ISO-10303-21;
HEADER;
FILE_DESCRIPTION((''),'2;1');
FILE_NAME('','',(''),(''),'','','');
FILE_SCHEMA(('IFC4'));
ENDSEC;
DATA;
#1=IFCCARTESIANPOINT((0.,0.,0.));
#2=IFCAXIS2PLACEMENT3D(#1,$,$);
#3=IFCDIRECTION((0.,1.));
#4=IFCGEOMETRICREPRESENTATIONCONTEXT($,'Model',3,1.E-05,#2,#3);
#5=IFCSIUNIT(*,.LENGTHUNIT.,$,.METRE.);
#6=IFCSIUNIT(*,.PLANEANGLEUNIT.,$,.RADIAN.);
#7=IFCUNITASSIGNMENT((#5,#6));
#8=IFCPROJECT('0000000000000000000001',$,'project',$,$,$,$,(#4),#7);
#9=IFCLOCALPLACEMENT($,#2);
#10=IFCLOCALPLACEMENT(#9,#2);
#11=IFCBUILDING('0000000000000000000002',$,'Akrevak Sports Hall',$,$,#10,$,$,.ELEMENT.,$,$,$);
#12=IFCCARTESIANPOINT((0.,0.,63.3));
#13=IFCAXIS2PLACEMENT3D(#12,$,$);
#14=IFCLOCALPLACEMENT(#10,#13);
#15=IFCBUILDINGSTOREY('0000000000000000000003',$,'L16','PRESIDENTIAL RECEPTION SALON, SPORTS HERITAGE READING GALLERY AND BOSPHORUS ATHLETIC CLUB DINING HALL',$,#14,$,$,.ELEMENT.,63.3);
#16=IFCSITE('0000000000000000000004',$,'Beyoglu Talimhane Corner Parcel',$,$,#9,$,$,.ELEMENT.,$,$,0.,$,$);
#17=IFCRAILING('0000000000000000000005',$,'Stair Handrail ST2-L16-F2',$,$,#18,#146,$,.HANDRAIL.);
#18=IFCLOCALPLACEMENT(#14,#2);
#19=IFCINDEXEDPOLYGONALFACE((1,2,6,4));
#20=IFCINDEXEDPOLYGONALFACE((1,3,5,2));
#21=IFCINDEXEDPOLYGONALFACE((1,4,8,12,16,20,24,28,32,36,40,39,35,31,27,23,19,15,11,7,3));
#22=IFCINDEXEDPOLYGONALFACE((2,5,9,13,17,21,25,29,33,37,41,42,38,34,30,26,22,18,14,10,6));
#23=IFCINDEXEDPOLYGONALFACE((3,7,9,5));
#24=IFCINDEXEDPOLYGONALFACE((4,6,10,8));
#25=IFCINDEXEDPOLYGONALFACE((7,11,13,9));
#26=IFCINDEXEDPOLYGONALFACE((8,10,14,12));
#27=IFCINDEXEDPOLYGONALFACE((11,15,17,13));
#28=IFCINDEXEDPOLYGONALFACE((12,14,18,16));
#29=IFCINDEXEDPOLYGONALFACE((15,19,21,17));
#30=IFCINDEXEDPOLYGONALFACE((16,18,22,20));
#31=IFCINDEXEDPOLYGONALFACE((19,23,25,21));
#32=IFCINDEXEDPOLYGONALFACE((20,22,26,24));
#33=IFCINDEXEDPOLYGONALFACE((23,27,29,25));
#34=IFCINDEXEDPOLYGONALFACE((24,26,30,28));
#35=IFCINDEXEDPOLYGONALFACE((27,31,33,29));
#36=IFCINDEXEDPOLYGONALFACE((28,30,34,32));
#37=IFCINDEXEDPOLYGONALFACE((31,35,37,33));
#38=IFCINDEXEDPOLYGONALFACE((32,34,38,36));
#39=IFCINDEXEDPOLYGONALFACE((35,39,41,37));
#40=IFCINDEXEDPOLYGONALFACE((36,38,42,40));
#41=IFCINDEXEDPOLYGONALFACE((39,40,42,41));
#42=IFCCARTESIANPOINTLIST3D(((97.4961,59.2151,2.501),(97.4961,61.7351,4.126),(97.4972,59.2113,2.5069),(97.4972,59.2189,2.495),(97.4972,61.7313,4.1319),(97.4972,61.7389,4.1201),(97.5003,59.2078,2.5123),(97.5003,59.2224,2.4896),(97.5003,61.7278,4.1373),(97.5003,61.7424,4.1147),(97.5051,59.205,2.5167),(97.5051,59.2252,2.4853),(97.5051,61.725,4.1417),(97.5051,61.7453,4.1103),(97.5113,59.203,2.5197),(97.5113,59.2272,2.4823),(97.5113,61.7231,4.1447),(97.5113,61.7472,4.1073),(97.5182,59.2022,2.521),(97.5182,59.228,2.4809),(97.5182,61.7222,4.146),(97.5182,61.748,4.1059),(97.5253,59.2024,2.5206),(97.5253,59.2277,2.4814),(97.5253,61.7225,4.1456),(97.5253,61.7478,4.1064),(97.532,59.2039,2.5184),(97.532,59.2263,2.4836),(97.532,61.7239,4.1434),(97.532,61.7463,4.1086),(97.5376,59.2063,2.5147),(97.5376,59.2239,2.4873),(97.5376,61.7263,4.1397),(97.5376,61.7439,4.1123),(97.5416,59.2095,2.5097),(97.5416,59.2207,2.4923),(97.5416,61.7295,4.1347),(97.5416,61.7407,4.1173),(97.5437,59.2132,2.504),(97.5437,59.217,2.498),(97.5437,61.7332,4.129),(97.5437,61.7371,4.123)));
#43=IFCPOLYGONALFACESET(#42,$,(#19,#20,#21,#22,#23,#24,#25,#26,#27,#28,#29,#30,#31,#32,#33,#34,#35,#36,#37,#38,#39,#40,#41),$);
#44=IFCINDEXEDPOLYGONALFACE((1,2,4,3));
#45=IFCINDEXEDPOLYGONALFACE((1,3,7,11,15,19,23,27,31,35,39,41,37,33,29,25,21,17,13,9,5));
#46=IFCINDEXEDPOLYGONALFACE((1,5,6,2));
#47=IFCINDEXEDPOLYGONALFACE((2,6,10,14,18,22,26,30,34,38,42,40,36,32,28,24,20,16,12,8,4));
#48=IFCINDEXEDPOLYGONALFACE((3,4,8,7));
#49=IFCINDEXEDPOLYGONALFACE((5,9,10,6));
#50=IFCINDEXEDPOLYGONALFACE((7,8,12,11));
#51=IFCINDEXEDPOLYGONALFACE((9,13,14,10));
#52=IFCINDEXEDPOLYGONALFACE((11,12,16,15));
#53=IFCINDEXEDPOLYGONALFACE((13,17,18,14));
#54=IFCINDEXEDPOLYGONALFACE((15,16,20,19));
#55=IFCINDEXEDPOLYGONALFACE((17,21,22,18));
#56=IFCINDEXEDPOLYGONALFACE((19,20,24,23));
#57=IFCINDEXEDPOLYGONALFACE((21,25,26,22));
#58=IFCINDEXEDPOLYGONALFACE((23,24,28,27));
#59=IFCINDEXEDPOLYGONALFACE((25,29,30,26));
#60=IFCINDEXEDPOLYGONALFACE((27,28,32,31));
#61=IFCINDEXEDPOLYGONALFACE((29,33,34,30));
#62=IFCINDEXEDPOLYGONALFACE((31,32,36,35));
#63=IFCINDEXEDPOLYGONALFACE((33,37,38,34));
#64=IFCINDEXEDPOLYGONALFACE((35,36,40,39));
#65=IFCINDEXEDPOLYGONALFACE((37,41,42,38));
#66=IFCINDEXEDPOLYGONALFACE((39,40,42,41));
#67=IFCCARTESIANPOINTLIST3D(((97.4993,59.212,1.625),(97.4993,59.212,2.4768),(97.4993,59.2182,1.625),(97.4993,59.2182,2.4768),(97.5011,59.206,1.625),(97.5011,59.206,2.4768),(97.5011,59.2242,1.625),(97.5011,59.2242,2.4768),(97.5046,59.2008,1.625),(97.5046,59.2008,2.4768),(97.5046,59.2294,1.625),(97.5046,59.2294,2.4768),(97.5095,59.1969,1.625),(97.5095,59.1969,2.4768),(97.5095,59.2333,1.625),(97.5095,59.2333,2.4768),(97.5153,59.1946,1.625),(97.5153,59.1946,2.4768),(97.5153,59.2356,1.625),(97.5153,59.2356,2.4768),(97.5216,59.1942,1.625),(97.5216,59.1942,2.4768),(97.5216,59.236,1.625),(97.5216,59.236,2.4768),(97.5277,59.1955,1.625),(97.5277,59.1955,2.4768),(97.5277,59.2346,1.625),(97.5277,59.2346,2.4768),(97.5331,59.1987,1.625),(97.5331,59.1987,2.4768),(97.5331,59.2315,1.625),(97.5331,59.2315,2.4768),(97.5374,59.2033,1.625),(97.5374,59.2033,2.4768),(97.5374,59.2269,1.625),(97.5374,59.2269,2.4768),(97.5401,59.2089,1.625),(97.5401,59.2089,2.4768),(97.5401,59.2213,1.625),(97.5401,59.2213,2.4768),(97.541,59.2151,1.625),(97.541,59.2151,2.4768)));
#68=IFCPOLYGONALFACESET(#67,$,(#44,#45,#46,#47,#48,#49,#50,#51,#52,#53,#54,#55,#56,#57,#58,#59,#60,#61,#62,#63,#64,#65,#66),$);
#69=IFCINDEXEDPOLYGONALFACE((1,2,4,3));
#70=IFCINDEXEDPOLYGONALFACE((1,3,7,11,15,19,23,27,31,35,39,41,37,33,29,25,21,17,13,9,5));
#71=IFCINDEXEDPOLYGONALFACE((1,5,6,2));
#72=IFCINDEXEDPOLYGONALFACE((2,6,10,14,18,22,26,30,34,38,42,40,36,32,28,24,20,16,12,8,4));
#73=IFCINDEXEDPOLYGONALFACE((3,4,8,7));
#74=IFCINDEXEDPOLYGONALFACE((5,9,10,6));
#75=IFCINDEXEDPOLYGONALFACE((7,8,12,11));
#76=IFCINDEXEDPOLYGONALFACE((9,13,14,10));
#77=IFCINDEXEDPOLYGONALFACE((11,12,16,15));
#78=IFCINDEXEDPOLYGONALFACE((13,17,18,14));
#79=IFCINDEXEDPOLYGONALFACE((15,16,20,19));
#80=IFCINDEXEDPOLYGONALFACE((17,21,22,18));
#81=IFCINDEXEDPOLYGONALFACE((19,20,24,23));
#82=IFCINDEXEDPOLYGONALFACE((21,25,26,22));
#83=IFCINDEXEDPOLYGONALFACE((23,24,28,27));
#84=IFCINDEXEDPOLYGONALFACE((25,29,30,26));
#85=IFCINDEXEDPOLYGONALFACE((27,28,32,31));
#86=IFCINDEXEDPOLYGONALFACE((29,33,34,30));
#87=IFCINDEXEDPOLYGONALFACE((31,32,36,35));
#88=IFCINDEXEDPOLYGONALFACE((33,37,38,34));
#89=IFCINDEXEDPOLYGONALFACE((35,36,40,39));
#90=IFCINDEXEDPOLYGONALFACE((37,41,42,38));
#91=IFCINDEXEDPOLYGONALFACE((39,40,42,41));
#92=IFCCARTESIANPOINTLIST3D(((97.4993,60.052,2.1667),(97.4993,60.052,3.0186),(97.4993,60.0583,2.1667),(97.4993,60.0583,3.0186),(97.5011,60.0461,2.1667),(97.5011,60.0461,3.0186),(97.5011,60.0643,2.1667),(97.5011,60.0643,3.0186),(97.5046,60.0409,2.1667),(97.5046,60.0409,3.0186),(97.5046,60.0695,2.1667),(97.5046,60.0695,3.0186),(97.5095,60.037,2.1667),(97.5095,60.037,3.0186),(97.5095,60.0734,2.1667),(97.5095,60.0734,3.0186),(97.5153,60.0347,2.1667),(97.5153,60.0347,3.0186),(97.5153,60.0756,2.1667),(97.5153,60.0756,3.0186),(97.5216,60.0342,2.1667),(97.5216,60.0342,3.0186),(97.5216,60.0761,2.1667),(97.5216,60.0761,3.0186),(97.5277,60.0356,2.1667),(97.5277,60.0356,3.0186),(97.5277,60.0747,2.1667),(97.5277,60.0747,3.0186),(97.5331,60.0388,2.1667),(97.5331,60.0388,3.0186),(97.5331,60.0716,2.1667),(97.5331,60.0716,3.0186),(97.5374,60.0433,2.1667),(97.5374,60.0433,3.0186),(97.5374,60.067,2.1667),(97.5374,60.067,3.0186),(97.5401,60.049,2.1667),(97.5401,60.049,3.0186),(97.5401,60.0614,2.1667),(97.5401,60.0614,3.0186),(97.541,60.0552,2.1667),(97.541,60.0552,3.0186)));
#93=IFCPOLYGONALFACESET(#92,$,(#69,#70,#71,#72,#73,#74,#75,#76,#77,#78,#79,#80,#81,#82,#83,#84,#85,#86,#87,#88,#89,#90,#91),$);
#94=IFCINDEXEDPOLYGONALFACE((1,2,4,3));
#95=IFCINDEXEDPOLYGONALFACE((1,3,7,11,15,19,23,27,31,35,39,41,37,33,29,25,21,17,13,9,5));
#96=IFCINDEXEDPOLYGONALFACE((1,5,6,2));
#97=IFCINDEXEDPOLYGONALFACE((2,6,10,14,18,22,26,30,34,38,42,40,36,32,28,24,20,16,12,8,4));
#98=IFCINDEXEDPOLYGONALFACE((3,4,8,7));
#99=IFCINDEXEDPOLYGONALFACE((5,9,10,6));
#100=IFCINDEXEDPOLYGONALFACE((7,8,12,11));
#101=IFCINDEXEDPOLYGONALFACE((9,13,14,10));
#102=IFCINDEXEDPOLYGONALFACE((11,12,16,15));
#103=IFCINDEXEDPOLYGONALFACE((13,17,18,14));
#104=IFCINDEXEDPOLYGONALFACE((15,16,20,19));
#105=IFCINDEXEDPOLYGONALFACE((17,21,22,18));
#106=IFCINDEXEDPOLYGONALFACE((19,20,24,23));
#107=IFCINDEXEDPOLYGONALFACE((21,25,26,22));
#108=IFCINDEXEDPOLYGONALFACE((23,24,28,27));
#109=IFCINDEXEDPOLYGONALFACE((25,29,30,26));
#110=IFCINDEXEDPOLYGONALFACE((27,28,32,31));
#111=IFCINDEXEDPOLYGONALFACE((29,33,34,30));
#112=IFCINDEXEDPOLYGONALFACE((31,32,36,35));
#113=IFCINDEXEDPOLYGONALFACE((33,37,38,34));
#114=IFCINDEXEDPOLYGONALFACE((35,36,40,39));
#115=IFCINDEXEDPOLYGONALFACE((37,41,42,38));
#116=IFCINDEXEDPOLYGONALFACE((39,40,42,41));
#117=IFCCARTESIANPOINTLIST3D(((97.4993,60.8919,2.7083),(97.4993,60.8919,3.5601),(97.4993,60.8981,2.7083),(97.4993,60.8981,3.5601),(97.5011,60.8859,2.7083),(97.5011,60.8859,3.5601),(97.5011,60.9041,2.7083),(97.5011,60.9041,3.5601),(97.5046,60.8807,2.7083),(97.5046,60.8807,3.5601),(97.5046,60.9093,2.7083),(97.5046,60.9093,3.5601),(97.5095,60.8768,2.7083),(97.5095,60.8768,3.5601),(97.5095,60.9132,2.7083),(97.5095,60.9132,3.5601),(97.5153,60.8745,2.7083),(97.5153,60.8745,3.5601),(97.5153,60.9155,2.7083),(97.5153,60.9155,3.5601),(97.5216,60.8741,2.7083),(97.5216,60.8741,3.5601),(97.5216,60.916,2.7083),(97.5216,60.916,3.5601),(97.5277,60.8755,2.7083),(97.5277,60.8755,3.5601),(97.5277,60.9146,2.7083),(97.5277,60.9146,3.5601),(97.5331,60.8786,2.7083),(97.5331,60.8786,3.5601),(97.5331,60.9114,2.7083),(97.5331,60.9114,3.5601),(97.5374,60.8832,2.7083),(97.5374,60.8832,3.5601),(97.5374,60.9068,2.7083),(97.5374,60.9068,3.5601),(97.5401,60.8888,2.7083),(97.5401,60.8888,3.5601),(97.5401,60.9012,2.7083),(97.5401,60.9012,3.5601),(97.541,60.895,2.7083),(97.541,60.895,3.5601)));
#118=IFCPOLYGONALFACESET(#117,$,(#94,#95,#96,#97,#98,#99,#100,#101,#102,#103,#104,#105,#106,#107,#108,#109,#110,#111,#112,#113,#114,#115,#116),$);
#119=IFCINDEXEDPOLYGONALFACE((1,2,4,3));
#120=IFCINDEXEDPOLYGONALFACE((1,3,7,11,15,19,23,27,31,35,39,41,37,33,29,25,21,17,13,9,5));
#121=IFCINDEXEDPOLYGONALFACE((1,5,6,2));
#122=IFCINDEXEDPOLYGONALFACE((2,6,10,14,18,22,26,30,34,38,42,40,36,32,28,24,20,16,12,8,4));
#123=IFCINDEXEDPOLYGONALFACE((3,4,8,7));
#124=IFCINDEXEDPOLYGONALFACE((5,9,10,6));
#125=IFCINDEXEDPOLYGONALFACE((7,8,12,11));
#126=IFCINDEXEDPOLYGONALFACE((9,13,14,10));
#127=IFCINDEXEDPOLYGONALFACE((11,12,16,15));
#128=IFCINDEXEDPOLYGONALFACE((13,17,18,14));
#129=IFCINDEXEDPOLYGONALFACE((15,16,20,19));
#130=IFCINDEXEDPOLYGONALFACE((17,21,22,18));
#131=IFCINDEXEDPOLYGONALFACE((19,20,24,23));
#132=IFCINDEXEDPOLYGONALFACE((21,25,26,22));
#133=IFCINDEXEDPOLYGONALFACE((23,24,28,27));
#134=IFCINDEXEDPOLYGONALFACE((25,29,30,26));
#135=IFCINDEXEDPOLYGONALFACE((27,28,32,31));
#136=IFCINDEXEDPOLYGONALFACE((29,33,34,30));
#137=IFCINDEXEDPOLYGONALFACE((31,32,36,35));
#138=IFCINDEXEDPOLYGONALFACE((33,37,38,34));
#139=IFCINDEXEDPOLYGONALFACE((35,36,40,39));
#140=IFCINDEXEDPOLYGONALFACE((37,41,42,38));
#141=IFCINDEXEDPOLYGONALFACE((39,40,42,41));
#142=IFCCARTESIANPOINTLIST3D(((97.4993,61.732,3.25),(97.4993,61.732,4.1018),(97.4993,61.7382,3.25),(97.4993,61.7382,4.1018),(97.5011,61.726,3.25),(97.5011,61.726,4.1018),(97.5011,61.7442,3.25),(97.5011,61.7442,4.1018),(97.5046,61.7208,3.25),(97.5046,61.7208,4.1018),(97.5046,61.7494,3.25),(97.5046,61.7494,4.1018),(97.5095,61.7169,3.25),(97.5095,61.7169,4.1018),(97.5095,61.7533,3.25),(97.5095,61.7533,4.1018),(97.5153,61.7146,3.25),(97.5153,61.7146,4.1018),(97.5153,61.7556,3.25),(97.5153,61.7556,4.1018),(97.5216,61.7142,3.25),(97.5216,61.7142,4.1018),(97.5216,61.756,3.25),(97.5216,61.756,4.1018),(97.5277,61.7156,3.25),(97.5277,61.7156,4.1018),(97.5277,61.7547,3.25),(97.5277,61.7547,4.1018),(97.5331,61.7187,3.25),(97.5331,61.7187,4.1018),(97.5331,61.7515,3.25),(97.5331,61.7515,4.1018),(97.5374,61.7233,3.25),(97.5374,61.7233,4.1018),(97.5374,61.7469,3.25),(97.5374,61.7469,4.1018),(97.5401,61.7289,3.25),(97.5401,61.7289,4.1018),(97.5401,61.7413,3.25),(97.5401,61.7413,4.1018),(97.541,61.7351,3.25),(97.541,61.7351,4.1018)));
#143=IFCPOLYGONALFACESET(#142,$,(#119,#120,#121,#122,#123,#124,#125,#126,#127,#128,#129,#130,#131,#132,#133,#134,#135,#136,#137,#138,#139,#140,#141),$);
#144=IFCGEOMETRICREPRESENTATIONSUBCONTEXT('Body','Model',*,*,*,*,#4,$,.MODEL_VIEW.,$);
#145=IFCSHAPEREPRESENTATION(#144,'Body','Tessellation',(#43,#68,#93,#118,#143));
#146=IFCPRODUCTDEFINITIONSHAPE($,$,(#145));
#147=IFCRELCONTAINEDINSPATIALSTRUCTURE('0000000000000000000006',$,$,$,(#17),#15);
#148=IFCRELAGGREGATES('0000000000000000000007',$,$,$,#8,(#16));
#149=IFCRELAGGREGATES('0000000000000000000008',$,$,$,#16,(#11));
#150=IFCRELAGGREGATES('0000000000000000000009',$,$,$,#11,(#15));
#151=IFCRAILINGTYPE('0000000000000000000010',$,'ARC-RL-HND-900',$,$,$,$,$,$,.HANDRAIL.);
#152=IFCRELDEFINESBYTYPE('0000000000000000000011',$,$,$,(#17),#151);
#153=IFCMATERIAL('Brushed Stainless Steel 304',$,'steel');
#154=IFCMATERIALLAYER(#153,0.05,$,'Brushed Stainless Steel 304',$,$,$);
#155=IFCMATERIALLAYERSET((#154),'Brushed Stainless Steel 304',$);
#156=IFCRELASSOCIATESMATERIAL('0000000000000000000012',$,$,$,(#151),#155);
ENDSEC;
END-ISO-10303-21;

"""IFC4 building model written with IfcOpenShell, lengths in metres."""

from ifc_helpers import new_model, si_unit, direction, frame, origin, origin_2d, place, context, subcontext, project, spatial, circle, extrude, material, layer, layer_set, type_object, element, save


model = new_model("IFC4")

# Units and contexts
model_context = context("Model", 3, precision=1e-05, world=origin(), true_north=direction((0.0, 1.0)))
body_context = subcontext(model_context, "Body", "Model", "MODEL_VIEW")
ifc_project = project(units=[si_unit("LENGTHUNIT", "METRE"), si_unit("PLANEANGLEUNIT", "RADIAN")], contexts=[model_context])

# Site, building, storey
site_placement = place(None, origin())
site = spatial("IfcSite", under=ifc_project, at=site_placement, Name="Beyoglu Talimhane Corner Parcel", CompositionType="ELEMENT", RefElevation=0.0)
building_placement = place(site_placement, origin())
building = spatial("IfcBuilding", under=site, at=building_placement, Name="Akrevak Sports Hall", CompositionType="ELEMENT")
storey_placement = place(building_placement, frame((0.0, 0.0, 63.3)))
storey = spatial("IfcBuildingStorey", under=building, at=storey_placement, Name="L16", Description="PRESIDENTIAL RECEPTION SALON, SPORTS HERITAGE READING GALLERY AND BOSPHORUS ATHLETIC CLUB DINING HALL", CompositionType="ELEMENT", Elevation=63.3)

# Railing
ifc_material_1 = material(Name="Brushed Stainless Steel 304", Category="steel")
ifc_layer_1 = layer(ifc_material_1, 0.05, Name="Brushed Stainless Steel 304")
ifc_layer_set_1 = layer_set([ifc_layer_1], Name="Brushed Stainless Steel 304")
railing_type = type_object("IfcRailingType", Name="ARC-RL-HND-900", PredefinedType="HANDRAIL", material=ifc_layer_set_1)
railing_placement = place(storey_placement, frame((97.52, 59.2151, 1.625)))
element("IfcRailing", 1, at=railing_placement, inside=storey, type_object=railing_type, Name="Stair Handrail ST2-L16-F2", PredefinedType="HANDRAIL", context=body_context, shape_type="SweptSolid", body=[
    extrude(circle(Radius=0.0239, at=origin_2d()), frame((0.0, 0.0, 0.876), z_axis=(0.0, 0.840421, 0.541934), x_axis=(-1.0, 0.0, 0.0)), (0.0, 0.0, 1.0), 2.9985),
    extrude(circle(Radius=0.021, at=origin_2d()), origin(), (0.0, 0.0, 1.0), 0.8518),
    extrude(circle(Radius=0.021, at=origin_2d()), frame((0.0, 0.8401, 0.5417)), (0.0, 0.0, 1.0), 0.8518),
    extrude(circle(Radius=0.021, at=origin_2d()), frame((0.0, 1.6799, 1.0833)), (0.0, 0.0, 1.0), 0.8518),
    extrude(circle(Radius=0.021, at=origin_2d()), frame((0.0, 2.52, 1.625)), (0.0, 0.0, 1.0), 0.8518),
])

save(model, "model.ifc")
